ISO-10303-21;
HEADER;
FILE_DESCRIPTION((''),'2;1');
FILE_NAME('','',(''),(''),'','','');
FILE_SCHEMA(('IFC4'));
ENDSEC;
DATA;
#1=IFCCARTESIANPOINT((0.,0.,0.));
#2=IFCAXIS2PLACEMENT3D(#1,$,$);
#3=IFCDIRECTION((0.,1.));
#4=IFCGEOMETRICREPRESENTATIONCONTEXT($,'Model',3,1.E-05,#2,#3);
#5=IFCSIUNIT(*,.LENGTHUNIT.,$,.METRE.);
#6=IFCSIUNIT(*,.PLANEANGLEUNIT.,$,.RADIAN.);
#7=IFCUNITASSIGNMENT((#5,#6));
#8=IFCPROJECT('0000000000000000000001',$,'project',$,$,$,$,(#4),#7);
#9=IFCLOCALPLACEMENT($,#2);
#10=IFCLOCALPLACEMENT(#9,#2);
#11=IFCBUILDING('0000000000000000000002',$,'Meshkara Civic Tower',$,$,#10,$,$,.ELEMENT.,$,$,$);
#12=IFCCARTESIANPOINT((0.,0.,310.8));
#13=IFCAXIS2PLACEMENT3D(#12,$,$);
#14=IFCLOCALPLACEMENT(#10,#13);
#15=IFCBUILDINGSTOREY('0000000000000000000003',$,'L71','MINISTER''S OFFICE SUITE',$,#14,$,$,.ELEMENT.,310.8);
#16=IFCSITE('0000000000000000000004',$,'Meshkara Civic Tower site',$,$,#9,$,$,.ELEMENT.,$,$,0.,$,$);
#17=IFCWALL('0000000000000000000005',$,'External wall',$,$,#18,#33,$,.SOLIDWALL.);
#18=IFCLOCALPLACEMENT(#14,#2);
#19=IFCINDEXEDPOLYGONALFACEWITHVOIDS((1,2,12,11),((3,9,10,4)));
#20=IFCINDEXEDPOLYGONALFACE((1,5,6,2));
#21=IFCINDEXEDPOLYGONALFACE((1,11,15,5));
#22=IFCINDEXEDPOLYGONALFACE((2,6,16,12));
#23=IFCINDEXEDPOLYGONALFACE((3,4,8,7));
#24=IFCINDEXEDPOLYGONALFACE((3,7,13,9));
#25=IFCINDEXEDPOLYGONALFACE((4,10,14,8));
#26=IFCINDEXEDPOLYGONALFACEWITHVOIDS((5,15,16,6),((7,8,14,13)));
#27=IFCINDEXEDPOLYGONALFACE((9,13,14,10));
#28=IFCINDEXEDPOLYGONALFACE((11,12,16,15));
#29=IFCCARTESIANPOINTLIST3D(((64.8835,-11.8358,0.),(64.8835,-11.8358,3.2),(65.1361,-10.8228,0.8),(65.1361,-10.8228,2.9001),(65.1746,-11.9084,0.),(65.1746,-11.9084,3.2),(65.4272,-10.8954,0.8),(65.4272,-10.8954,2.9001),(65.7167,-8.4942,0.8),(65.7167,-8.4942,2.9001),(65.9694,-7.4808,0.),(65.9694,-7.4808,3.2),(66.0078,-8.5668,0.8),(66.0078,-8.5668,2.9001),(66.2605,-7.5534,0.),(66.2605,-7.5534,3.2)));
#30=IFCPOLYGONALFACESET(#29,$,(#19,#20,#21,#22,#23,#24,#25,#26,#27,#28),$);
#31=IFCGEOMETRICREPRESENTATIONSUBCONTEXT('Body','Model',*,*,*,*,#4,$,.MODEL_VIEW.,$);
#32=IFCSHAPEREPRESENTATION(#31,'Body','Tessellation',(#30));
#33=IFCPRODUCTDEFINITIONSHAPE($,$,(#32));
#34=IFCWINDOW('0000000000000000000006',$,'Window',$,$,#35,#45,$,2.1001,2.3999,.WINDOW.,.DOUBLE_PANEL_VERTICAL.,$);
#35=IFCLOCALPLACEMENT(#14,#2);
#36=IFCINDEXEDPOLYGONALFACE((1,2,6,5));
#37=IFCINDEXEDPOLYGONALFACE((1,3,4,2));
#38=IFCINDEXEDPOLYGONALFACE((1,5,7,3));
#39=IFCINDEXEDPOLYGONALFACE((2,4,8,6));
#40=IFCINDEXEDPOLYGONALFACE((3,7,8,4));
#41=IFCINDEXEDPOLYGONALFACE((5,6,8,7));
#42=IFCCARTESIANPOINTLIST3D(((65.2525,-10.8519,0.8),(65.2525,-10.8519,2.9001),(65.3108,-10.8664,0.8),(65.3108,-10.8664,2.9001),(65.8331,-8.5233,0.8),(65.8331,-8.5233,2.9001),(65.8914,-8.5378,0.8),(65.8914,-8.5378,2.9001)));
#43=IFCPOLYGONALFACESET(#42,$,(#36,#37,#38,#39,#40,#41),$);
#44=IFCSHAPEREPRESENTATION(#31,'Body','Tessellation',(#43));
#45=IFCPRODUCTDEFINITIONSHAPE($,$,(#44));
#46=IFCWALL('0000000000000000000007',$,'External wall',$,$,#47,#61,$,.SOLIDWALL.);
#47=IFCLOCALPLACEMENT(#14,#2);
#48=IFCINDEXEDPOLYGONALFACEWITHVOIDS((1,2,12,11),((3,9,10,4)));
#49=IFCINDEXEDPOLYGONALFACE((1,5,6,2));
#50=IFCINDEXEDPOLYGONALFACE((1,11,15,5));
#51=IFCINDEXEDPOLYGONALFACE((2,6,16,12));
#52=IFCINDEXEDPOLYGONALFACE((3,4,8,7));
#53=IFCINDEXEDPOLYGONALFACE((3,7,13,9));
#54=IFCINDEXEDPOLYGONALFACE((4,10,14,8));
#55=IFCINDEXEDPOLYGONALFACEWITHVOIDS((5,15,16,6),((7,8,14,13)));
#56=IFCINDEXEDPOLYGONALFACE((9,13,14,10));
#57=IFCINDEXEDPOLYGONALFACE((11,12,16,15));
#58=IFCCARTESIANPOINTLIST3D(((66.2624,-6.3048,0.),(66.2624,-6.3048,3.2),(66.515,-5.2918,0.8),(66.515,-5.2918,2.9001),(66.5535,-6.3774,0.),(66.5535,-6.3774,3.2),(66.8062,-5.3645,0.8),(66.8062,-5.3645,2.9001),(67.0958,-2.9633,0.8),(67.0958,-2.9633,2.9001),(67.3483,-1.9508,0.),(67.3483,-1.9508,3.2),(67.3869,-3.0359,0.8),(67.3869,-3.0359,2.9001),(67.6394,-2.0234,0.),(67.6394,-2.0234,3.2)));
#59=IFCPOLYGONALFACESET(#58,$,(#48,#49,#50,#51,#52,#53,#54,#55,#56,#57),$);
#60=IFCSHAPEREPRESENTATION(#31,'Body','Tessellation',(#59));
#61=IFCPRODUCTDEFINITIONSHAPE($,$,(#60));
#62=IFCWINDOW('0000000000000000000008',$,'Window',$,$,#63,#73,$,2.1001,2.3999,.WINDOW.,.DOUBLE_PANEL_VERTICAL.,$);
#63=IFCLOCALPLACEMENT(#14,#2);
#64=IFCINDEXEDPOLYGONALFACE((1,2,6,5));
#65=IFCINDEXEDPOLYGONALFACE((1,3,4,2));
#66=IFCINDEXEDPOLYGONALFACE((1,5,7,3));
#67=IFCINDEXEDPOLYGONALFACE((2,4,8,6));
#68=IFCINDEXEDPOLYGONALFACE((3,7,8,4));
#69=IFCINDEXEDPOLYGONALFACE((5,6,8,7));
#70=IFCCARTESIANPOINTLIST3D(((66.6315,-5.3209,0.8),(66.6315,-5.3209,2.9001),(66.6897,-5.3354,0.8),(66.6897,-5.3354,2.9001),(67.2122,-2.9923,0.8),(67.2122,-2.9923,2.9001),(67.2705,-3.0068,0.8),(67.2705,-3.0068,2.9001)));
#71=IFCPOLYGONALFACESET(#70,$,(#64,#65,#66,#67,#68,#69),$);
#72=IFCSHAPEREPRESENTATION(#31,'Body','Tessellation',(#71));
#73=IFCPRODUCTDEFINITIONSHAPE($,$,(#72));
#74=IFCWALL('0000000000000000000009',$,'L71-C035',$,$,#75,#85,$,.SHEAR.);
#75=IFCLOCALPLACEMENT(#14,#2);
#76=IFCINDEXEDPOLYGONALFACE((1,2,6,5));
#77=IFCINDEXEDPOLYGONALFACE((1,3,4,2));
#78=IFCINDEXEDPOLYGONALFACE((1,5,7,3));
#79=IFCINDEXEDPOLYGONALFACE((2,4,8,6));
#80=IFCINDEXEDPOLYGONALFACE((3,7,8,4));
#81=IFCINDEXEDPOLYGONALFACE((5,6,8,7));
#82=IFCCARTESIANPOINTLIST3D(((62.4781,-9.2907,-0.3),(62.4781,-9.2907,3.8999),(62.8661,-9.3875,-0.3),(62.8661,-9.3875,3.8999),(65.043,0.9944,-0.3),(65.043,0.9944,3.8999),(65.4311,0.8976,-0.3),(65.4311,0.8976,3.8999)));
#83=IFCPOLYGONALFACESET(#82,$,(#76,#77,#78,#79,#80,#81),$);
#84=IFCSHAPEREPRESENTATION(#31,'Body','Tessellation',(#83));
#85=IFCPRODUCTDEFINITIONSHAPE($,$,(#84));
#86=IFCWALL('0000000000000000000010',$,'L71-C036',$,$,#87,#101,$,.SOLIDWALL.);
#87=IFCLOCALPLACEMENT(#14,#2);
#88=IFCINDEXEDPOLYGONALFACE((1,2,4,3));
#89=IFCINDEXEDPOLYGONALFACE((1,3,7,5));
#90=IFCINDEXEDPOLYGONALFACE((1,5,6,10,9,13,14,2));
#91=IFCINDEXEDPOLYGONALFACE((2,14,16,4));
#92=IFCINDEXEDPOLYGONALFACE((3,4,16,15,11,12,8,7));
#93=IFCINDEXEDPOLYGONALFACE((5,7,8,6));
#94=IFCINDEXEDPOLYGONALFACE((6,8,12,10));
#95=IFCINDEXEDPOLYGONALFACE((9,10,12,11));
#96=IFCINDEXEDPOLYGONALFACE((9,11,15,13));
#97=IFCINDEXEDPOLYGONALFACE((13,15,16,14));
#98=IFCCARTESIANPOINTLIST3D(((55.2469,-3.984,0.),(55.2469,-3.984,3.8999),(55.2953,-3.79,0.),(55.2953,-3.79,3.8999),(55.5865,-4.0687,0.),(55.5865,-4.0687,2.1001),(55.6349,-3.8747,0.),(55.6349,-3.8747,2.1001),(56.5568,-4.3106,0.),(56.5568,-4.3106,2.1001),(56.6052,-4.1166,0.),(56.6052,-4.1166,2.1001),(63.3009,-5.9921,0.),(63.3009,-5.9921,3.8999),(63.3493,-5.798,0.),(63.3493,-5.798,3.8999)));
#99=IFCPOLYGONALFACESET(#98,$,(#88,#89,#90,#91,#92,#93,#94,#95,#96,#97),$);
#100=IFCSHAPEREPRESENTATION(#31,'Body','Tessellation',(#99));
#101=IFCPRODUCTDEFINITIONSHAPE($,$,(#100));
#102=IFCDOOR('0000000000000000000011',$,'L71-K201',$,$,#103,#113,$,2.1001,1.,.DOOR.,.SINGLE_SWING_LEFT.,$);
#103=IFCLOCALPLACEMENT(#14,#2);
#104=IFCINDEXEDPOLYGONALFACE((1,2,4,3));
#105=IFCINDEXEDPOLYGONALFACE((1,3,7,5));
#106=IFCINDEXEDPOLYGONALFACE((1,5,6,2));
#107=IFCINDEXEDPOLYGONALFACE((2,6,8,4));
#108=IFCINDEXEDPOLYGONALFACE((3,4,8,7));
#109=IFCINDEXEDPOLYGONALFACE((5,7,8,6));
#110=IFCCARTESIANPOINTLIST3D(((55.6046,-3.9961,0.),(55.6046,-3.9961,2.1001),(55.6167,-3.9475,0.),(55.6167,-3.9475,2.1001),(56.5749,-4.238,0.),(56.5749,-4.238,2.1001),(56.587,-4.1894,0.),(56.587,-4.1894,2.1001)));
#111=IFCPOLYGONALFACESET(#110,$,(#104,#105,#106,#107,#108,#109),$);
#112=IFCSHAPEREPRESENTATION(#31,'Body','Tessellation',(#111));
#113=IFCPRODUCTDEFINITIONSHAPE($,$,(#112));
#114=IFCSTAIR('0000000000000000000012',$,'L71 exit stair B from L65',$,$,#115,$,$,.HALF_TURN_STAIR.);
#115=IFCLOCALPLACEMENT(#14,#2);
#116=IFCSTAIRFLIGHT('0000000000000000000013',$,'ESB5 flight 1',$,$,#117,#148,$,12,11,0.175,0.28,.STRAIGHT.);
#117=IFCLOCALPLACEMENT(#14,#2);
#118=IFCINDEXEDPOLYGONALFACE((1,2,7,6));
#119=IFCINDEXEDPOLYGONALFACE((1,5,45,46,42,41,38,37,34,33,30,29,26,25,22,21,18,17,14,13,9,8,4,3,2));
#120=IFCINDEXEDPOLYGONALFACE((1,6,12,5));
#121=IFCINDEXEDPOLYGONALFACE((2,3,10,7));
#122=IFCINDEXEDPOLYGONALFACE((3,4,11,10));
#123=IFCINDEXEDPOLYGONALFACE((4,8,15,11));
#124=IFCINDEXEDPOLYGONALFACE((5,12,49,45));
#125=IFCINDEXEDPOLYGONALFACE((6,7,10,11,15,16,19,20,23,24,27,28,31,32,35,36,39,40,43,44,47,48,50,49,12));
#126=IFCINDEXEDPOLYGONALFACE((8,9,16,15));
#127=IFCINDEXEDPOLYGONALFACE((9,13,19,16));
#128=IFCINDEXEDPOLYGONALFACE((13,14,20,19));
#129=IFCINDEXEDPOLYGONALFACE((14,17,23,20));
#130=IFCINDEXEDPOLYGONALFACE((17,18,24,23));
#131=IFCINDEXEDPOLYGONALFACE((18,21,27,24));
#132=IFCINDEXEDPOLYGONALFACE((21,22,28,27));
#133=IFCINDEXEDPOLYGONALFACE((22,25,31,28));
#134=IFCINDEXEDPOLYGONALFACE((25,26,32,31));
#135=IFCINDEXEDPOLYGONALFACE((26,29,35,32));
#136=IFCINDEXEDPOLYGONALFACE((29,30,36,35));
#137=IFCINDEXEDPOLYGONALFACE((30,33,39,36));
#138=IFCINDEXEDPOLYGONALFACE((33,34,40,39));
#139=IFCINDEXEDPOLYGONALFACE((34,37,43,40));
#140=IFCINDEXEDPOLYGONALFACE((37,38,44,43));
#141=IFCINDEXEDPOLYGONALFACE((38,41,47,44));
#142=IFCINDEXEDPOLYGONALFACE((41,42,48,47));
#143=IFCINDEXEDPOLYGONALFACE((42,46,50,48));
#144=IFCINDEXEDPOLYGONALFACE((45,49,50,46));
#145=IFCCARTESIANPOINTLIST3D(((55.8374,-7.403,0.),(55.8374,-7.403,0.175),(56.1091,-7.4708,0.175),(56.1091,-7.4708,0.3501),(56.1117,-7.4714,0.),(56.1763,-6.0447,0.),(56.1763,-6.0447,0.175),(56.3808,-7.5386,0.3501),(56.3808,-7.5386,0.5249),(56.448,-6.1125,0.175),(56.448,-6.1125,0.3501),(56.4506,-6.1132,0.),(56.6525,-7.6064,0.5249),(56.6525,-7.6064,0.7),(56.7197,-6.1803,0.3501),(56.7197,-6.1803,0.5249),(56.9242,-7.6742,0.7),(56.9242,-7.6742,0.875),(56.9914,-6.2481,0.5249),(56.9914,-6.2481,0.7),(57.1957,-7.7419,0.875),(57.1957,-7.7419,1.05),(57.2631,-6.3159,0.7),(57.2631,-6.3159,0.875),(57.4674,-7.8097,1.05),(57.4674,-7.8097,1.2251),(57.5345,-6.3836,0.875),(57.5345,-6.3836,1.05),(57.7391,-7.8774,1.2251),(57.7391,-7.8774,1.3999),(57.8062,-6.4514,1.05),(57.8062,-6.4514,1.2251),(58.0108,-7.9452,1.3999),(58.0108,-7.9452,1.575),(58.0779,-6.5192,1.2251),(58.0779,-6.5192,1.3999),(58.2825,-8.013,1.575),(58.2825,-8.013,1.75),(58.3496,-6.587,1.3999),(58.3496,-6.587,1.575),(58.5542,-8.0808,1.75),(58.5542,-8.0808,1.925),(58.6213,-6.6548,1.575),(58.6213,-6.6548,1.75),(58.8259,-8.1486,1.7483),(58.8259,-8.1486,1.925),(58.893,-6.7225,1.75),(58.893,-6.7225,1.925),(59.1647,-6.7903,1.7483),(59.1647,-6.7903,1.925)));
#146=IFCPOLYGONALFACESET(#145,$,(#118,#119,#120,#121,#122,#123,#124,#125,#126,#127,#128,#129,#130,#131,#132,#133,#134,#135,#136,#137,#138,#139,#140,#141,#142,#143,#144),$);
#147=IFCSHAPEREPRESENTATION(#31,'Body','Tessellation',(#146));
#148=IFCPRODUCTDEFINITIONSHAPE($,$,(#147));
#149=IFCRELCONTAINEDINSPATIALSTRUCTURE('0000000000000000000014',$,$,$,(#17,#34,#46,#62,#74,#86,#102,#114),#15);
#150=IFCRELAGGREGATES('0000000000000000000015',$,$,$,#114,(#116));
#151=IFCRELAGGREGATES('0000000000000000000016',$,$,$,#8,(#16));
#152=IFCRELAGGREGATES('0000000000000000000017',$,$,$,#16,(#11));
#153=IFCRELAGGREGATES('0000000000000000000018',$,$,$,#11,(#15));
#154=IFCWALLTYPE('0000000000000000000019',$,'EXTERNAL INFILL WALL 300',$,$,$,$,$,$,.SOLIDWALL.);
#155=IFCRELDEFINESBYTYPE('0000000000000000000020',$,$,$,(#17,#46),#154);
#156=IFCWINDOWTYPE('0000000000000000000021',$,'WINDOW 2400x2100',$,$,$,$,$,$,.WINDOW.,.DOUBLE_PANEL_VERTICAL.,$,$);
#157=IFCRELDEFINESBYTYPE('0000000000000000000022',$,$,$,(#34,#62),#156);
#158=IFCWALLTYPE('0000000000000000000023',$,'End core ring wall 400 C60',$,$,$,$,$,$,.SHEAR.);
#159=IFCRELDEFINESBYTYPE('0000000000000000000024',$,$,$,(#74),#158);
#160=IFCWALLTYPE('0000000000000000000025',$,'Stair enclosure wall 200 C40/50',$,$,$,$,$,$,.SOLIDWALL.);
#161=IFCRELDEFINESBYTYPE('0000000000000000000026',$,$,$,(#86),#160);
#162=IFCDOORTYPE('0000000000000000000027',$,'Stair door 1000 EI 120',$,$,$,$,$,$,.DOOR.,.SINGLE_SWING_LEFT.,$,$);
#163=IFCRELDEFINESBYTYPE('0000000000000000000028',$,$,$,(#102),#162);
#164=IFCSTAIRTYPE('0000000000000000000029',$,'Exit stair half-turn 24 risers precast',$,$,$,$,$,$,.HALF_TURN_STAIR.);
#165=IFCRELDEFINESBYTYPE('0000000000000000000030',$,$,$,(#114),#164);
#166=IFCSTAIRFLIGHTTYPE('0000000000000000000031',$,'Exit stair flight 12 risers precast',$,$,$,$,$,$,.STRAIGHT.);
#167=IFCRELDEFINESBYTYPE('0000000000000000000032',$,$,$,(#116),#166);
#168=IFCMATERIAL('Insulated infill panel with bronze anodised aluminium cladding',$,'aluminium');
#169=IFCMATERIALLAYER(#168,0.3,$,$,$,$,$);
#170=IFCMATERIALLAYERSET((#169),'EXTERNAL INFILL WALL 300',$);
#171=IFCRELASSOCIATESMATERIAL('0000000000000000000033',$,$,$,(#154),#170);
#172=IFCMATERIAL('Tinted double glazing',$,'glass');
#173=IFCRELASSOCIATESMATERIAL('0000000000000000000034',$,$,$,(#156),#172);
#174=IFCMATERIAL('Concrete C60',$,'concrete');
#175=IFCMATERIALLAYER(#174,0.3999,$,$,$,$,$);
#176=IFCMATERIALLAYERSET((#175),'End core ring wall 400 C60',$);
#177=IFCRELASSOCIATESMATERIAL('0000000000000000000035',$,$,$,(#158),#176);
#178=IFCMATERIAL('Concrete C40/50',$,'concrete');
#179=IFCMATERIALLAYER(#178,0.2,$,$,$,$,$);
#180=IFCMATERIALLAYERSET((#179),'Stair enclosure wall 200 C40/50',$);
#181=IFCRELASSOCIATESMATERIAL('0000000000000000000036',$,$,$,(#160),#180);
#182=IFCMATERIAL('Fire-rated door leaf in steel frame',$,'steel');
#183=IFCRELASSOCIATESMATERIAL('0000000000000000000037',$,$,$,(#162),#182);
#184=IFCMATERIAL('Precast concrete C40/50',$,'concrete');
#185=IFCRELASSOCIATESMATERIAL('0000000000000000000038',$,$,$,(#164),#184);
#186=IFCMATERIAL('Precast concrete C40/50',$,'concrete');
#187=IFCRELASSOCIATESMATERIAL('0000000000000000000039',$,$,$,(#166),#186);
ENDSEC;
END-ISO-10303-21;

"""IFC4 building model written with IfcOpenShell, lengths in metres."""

from ifc_helpers import new_model, si_unit, direction, frame, frame_2d, origin, place, context, subcontext, project, spatial, polyline, rectangle, outline, extrude, material, layer, layer_set, type_object, element, fill, aggregate, save


model = new_model("IFC4")

# Units and contexts
model_context = context("Model", 3, precision=1e-05, world=origin(), true_north=direction((0.0, 1.0)))
body_context = subcontext(model_context, "Body", "Model", "MODEL_VIEW")
ifc_project = project(units=[si_unit("LENGTHUNIT", "METRE"), si_unit("PLANEANGLEUNIT", "RADIAN")], contexts=[model_context])

# Site, building, storey
site_placement = place(None, origin())
site = spatial("IfcSite", under=ifc_project, at=site_placement, Name="Meshkara Civic Tower site", CompositionType="ELEMENT", RefElevation=0.0)
building_placement = place(site_placement, origin())
building = spatial("IfcBuilding", under=site, at=building_placement, Name="Meshkara Civic Tower", CompositionType="ELEMENT")
storey_placement = place(building_placement, frame((0.0, 0.0, 310.8)))
storey = spatial("IfcBuildingStorey", under=building, at=storey_placement, Name="L71", Description="MINISTER'S OFFICE SUITE", CompositionType="ELEMENT", Elevation=310.8)

# Walls, openings, windows
ifc_material_1 = material(Name="Insulated infill panel with bronze anodised aluminium cladding", Category="aluminium")
ifc_layer_1 = layer(ifc_material_1, 0.3)
ifc_layer_set_1 = layer_set([ifc_layer_1], Name="EXTERNAL INFILL WALL 300")
wall_type_1 = type_object("IfcWallType", Name="EXTERNAL INFILL WALL 300", PredefinedType="SOLIDWALL", material=ifc_layer_set_1)
ifc_material_2 = material(Name="Tinted double glazing", Category="glass")
window_type = type_object("IfcWindowType", Name="WINDOW 2400x2100", PartitioningType="DOUBLE_PANEL_VERTICAL", PredefinedType="WINDOW", material=ifc_material_2)
wall_1_placement = place(storey_placement, frame((65.0291, -11.8721, 0.0), z_axis=(0.0, 0.0, 1.0), x_axis=(0.241947, 0.97029, 0.0)))
wall_1 = element("IfcWall", 1, at=wall_1_placement, inside=storey, type_object=wall_type_1, Name="External wall", PredefinedType="SOLIDWALL", context=body_context, shape_type="SweptSolid", body=[
    extrude(rectangle(XDim=4.4883, YDim=0.3, at=frame_2d((2.2441, 0.0))), origin(), (0.0, 0.0, 1.0), 3.2),
])
opening_1_placement = place(wall_1_placement, frame((1.0439, 0.0, 0.8)))
opening_1 = element("IfcOpeningElement", 2, at=opening_1_placement, cuts=wall_1, PredefinedType="OPENING", context=body_context, shape_type="SweptSolid", body=[
    extrude(rectangle(XDim=2.3999, YDim=2.1001, at=frame_2d((1.2, 1.05))), frame((0.0, 0.1599, 0.0), z_axis=(0.0, -1.0, 0.0), x_axis=(1.0, 0.0, 0.0)), (0.0, 0.0, 1.0), 0.3201),
])
window_1_placement = place(opening_1_placement, origin())
window_1 = element("IfcWindow", 3, at=window_1_placement, inside=storey, type_object=window_type, Name="Window", OverallHeight=2.1001, OverallWidth=2.3999, PartitioningType="DOUBLE_PANEL_VERTICAL", PredefinedType="WINDOW", context=body_context, shape_type="SweptSolid", body=[
    extrude(rectangle(XDim=2.3999, YDim=2.1001, at=frame_2d((1.2, 1.05))), frame((0.0, 0.03, 0.0), z_axis=(0.0, -1.0, 0.0), x_axis=(1.0, 0.0, 0.0)), (0.0, 0.0, 1.0), 0.0601),
])
fill(opening_1, window_1)
wall_2_placement = place(storey_placement, frame((66.408, -6.3411, 0.0), z_axis=(0.0, 0.0, 1.0), x_axis=(0.241998, 0.970277, 0.0)))
wall_2 = element("IfcWall", 4, at=wall_2_placement, inside=storey, type_object=wall_type_1, Name="External wall", PredefinedType="SOLIDWALL", context=body_context, shape_type="SweptSolid", body=[
    extrude(rectangle(XDim=4.4873, YDim=0.3, at=frame_2d((2.2437, 0.0))), origin(), (0.0, 0.0, 1.0), 3.2),
])
opening_2_placement = place(wall_2_placement, frame((1.0439, 0.0, 0.8)))
opening_2 = element("IfcOpeningElement", 5, at=opening_2_placement, cuts=wall_2, PredefinedType="OPENING", context=body_context, shape_type="SweptSolid", body=[
    extrude(rectangle(XDim=2.3999, YDim=2.1001, at=frame_2d((1.2, 1.05))), frame((0.0, 0.1599, 0.0), z_axis=(0.0, -1.0, 0.0), x_axis=(1.0, 0.0, 0.0)), (0.0, 0.0, 1.0), 0.3201),
])
window_2_placement = place(opening_2_placement, origin())
window_2 = element("IfcWindow", 6, at=window_2_placement, inside=storey, type_object=window_type, Name="Window", OverallHeight=2.1001, OverallWidth=2.3999, PartitioningType="DOUBLE_PANEL_VERTICAL", PredefinedType="WINDOW", context=body_context, shape_type="SweptSolid", body=[
    extrude(rectangle(XDim=2.3999, YDim=2.1001, at=frame_2d((1.2, 1.05))), frame((0.0, 0.03, 0.0), z_axis=(0.0, -1.0, 0.0), x_axis=(1.0, 0.0, 0.0)), (0.0, 0.0, 1.0), 0.0601),
])
fill(opening_2, window_2)

# Wall
ifc_material_3 = material(Name="Concrete C60", Category="concrete")
ifc_layer_2 = layer(ifc_material_3, 0.3999)
ifc_layer_set_2 = layer_set([ifc_layer_2], Name="End core ring wall 400 C60")
wall_type_2 = type_object("IfcWallType", Name="End core ring wall 400 C60", PredefinedType="SHEAR", material=ifc_layer_set_2)
wall_3_placement = place(storey_placement, frame((62.6721, -9.3391, -0.3), z_axis=(0.0, 0.0, 1.0), x_axis=(0.241972, 0.970283, 0.0)))
element("IfcWall", 7, at=wall_3_placement, inside=storey, type_object=wall_type_2, Name="L71-C035", PredefinedType="SHEAR", context=body_context, shape_type="SweptSolid", body=[
    extrude(rectangle(XDim=10.6001, YDim=0.3999, at=frame_2d((5.3, 0.0))), origin(), (0.0, 0.0, 1.0), 4.2),
])

# Wall, opening, door
ifc_material_4 = material(Name="Concrete C40/50", Category="concrete")
ifc_layer_3 = layer(ifc_material_4, 0.2)
ifc_layer_set_3 = layer_set([ifc_layer_3], Name="Stair enclosure wall 200 C40/50")
wall_type_3 = type_object("IfcWallType", Name="Stair enclosure wall 200 C40/50", PredefinedType="SOLIDWALL", material=ifc_layer_set_3)
wall_4_placement = place(storey_placement, frame((55.271, -3.887, 0.0), z_axis=(0.0, 0.0, 1.0), x_axis=(0.970296, -0.24192, 0.0)))
wall_4 = element("IfcWall", 8, at=wall_4_placement, inside=storey, type_object=wall_type_3, Name="L71-C036", PredefinedType="SOLIDWALL", context=body_context, shape_type="SweptSolid", body=[
    extrude(rectangle(XDim=8.3005, YDim=0.2, at=frame_2d((4.1504, 0.0))), origin(), (0.0, 0.0, 1.0), 3.8999),
])
opening_3_placement = place(wall_4_placement, frame((0.3501, 0.0, 0.0)))
opening_3 = element("IfcOpeningElement", 9, at=opening_3_placement, cuts=wall_4, PredefinedType="OPENING", context=body_context, shape_type="SweptSolid", body=[
    extrude(rectangle(XDim=1.0, YDim=2.1001, at=frame_2d((0.5, 1.05))), frame((0.0, 0.1099, 0.0), z_axis=(0.0, -1.0, 0.0), x_axis=(1.0, 0.0, 0.0)), (0.0, 0.0, 1.0), 0.22),
])
ifc_material_5 = material(Name="Fire-rated door leaf in steel frame", Category="steel")
door_type = type_object("IfcDoorType", Name="Stair door 1000 EI 120", OperationType="SINGLE_SWING_LEFT", PredefinedType="DOOR", material=ifc_material_5)
door_placement = place(opening_3_placement, origin())
door = element("IfcDoor", 10, at=door_placement, inside=storey, type_object=door_type, Name="L71-K201", OperationType="SINGLE_SWING_LEFT", OverallHeight=2.1001, OverallWidth=1.0, PredefinedType="DOOR", context=body_context, shape_type="SweptSolid", body=[
    extrude(rectangle(XDim=1.0, YDim=2.1001, at=frame_2d((0.5, 1.05))), frame((0.0, 0.0249, 0.0), z_axis=(0.0, -1.0, 0.0), x_axis=(1.0, 0.0, 0.0)), (0.0, 0.0, 1.0), 0.05),
])
fill(opening_3, door)

# Stair, stair flight
ifc_material_6 = material(Name="Precast concrete C40/50", Category="concrete")
stair_type = type_object("IfcStairType", Name="Exit stair half-turn 24 risers precast", PredefinedType="HALF_TURN_STAIR", material=ifc_material_6)
stair_placement = place(storey_placement, origin())
stair = element("IfcStair", 11, at=stair_placement, inside=storey, type_object=stair_type, Name="L71 exit stair B from L65", PredefinedType="HALF_TURN_STAIR")
ifc_material_7 = material(Name="Precast concrete C40/50", Category="concrete")
stair_flight_type = type_object("IfcStairFlightType", Name="Exit stair flight 12 risers precast", PredefinedType="STRAIGHT", material=ifc_material_7)
stair_flight_1_placement = place(storey_placement, frame((56.0068, -6.7239, 0.0), z_axis=(0.0, 0.0, 1.0), x_axis=(0.97026, -0.242065, 0.0)))
stair_flight_1 = element("IfcStairFlight", 12, at=stair_flight_1_placement, type_object=stair_flight_type, Name="ESB5 flight 1", NumberOfRisers=12, NumberOfTreads=11, PredefinedType="STRAIGHT", RiserHeight=0.175, TreadLength=0.28, context=body_context, shape_type="SweptSolid", body=[
    extrude(outline(polyline([(0.0, 0.0), (0.0, 0.175), (0.28, 0.175), (0.28, 0.3501), (0.5601, 0.3501), (0.5601, 0.5249), (0.8401, 0.5249), (0.8401, 0.7), (1.1201, 0.7), (1.1201, 0.875), (1.3999, 0.875), (1.3999, 1.05), (1.6799, 1.05), (1.6799, 1.2251), (1.96, 1.2251), (1.96, 1.3999), (2.24, 1.3999), (2.24, 1.575), (2.52, 1.575), (2.52, 1.75), (2.8, 1.75), (2.8, 1.925), (3.0801, 1.925), (3.0801, 2.1001), (3.0801, 1.7483), (0.2827, 0.0), (0.0, 0.0)])), frame((0.0, 0.7, 0.0), z_axis=(0.0, -1.0, 0.0), x_axis=(1.0, 0.0, 0.0)), (0.0, 0.0, 1.0), 1.3999),
])
aggregate(stair, [stair_flight_1])

save(model, "model.ifc")
